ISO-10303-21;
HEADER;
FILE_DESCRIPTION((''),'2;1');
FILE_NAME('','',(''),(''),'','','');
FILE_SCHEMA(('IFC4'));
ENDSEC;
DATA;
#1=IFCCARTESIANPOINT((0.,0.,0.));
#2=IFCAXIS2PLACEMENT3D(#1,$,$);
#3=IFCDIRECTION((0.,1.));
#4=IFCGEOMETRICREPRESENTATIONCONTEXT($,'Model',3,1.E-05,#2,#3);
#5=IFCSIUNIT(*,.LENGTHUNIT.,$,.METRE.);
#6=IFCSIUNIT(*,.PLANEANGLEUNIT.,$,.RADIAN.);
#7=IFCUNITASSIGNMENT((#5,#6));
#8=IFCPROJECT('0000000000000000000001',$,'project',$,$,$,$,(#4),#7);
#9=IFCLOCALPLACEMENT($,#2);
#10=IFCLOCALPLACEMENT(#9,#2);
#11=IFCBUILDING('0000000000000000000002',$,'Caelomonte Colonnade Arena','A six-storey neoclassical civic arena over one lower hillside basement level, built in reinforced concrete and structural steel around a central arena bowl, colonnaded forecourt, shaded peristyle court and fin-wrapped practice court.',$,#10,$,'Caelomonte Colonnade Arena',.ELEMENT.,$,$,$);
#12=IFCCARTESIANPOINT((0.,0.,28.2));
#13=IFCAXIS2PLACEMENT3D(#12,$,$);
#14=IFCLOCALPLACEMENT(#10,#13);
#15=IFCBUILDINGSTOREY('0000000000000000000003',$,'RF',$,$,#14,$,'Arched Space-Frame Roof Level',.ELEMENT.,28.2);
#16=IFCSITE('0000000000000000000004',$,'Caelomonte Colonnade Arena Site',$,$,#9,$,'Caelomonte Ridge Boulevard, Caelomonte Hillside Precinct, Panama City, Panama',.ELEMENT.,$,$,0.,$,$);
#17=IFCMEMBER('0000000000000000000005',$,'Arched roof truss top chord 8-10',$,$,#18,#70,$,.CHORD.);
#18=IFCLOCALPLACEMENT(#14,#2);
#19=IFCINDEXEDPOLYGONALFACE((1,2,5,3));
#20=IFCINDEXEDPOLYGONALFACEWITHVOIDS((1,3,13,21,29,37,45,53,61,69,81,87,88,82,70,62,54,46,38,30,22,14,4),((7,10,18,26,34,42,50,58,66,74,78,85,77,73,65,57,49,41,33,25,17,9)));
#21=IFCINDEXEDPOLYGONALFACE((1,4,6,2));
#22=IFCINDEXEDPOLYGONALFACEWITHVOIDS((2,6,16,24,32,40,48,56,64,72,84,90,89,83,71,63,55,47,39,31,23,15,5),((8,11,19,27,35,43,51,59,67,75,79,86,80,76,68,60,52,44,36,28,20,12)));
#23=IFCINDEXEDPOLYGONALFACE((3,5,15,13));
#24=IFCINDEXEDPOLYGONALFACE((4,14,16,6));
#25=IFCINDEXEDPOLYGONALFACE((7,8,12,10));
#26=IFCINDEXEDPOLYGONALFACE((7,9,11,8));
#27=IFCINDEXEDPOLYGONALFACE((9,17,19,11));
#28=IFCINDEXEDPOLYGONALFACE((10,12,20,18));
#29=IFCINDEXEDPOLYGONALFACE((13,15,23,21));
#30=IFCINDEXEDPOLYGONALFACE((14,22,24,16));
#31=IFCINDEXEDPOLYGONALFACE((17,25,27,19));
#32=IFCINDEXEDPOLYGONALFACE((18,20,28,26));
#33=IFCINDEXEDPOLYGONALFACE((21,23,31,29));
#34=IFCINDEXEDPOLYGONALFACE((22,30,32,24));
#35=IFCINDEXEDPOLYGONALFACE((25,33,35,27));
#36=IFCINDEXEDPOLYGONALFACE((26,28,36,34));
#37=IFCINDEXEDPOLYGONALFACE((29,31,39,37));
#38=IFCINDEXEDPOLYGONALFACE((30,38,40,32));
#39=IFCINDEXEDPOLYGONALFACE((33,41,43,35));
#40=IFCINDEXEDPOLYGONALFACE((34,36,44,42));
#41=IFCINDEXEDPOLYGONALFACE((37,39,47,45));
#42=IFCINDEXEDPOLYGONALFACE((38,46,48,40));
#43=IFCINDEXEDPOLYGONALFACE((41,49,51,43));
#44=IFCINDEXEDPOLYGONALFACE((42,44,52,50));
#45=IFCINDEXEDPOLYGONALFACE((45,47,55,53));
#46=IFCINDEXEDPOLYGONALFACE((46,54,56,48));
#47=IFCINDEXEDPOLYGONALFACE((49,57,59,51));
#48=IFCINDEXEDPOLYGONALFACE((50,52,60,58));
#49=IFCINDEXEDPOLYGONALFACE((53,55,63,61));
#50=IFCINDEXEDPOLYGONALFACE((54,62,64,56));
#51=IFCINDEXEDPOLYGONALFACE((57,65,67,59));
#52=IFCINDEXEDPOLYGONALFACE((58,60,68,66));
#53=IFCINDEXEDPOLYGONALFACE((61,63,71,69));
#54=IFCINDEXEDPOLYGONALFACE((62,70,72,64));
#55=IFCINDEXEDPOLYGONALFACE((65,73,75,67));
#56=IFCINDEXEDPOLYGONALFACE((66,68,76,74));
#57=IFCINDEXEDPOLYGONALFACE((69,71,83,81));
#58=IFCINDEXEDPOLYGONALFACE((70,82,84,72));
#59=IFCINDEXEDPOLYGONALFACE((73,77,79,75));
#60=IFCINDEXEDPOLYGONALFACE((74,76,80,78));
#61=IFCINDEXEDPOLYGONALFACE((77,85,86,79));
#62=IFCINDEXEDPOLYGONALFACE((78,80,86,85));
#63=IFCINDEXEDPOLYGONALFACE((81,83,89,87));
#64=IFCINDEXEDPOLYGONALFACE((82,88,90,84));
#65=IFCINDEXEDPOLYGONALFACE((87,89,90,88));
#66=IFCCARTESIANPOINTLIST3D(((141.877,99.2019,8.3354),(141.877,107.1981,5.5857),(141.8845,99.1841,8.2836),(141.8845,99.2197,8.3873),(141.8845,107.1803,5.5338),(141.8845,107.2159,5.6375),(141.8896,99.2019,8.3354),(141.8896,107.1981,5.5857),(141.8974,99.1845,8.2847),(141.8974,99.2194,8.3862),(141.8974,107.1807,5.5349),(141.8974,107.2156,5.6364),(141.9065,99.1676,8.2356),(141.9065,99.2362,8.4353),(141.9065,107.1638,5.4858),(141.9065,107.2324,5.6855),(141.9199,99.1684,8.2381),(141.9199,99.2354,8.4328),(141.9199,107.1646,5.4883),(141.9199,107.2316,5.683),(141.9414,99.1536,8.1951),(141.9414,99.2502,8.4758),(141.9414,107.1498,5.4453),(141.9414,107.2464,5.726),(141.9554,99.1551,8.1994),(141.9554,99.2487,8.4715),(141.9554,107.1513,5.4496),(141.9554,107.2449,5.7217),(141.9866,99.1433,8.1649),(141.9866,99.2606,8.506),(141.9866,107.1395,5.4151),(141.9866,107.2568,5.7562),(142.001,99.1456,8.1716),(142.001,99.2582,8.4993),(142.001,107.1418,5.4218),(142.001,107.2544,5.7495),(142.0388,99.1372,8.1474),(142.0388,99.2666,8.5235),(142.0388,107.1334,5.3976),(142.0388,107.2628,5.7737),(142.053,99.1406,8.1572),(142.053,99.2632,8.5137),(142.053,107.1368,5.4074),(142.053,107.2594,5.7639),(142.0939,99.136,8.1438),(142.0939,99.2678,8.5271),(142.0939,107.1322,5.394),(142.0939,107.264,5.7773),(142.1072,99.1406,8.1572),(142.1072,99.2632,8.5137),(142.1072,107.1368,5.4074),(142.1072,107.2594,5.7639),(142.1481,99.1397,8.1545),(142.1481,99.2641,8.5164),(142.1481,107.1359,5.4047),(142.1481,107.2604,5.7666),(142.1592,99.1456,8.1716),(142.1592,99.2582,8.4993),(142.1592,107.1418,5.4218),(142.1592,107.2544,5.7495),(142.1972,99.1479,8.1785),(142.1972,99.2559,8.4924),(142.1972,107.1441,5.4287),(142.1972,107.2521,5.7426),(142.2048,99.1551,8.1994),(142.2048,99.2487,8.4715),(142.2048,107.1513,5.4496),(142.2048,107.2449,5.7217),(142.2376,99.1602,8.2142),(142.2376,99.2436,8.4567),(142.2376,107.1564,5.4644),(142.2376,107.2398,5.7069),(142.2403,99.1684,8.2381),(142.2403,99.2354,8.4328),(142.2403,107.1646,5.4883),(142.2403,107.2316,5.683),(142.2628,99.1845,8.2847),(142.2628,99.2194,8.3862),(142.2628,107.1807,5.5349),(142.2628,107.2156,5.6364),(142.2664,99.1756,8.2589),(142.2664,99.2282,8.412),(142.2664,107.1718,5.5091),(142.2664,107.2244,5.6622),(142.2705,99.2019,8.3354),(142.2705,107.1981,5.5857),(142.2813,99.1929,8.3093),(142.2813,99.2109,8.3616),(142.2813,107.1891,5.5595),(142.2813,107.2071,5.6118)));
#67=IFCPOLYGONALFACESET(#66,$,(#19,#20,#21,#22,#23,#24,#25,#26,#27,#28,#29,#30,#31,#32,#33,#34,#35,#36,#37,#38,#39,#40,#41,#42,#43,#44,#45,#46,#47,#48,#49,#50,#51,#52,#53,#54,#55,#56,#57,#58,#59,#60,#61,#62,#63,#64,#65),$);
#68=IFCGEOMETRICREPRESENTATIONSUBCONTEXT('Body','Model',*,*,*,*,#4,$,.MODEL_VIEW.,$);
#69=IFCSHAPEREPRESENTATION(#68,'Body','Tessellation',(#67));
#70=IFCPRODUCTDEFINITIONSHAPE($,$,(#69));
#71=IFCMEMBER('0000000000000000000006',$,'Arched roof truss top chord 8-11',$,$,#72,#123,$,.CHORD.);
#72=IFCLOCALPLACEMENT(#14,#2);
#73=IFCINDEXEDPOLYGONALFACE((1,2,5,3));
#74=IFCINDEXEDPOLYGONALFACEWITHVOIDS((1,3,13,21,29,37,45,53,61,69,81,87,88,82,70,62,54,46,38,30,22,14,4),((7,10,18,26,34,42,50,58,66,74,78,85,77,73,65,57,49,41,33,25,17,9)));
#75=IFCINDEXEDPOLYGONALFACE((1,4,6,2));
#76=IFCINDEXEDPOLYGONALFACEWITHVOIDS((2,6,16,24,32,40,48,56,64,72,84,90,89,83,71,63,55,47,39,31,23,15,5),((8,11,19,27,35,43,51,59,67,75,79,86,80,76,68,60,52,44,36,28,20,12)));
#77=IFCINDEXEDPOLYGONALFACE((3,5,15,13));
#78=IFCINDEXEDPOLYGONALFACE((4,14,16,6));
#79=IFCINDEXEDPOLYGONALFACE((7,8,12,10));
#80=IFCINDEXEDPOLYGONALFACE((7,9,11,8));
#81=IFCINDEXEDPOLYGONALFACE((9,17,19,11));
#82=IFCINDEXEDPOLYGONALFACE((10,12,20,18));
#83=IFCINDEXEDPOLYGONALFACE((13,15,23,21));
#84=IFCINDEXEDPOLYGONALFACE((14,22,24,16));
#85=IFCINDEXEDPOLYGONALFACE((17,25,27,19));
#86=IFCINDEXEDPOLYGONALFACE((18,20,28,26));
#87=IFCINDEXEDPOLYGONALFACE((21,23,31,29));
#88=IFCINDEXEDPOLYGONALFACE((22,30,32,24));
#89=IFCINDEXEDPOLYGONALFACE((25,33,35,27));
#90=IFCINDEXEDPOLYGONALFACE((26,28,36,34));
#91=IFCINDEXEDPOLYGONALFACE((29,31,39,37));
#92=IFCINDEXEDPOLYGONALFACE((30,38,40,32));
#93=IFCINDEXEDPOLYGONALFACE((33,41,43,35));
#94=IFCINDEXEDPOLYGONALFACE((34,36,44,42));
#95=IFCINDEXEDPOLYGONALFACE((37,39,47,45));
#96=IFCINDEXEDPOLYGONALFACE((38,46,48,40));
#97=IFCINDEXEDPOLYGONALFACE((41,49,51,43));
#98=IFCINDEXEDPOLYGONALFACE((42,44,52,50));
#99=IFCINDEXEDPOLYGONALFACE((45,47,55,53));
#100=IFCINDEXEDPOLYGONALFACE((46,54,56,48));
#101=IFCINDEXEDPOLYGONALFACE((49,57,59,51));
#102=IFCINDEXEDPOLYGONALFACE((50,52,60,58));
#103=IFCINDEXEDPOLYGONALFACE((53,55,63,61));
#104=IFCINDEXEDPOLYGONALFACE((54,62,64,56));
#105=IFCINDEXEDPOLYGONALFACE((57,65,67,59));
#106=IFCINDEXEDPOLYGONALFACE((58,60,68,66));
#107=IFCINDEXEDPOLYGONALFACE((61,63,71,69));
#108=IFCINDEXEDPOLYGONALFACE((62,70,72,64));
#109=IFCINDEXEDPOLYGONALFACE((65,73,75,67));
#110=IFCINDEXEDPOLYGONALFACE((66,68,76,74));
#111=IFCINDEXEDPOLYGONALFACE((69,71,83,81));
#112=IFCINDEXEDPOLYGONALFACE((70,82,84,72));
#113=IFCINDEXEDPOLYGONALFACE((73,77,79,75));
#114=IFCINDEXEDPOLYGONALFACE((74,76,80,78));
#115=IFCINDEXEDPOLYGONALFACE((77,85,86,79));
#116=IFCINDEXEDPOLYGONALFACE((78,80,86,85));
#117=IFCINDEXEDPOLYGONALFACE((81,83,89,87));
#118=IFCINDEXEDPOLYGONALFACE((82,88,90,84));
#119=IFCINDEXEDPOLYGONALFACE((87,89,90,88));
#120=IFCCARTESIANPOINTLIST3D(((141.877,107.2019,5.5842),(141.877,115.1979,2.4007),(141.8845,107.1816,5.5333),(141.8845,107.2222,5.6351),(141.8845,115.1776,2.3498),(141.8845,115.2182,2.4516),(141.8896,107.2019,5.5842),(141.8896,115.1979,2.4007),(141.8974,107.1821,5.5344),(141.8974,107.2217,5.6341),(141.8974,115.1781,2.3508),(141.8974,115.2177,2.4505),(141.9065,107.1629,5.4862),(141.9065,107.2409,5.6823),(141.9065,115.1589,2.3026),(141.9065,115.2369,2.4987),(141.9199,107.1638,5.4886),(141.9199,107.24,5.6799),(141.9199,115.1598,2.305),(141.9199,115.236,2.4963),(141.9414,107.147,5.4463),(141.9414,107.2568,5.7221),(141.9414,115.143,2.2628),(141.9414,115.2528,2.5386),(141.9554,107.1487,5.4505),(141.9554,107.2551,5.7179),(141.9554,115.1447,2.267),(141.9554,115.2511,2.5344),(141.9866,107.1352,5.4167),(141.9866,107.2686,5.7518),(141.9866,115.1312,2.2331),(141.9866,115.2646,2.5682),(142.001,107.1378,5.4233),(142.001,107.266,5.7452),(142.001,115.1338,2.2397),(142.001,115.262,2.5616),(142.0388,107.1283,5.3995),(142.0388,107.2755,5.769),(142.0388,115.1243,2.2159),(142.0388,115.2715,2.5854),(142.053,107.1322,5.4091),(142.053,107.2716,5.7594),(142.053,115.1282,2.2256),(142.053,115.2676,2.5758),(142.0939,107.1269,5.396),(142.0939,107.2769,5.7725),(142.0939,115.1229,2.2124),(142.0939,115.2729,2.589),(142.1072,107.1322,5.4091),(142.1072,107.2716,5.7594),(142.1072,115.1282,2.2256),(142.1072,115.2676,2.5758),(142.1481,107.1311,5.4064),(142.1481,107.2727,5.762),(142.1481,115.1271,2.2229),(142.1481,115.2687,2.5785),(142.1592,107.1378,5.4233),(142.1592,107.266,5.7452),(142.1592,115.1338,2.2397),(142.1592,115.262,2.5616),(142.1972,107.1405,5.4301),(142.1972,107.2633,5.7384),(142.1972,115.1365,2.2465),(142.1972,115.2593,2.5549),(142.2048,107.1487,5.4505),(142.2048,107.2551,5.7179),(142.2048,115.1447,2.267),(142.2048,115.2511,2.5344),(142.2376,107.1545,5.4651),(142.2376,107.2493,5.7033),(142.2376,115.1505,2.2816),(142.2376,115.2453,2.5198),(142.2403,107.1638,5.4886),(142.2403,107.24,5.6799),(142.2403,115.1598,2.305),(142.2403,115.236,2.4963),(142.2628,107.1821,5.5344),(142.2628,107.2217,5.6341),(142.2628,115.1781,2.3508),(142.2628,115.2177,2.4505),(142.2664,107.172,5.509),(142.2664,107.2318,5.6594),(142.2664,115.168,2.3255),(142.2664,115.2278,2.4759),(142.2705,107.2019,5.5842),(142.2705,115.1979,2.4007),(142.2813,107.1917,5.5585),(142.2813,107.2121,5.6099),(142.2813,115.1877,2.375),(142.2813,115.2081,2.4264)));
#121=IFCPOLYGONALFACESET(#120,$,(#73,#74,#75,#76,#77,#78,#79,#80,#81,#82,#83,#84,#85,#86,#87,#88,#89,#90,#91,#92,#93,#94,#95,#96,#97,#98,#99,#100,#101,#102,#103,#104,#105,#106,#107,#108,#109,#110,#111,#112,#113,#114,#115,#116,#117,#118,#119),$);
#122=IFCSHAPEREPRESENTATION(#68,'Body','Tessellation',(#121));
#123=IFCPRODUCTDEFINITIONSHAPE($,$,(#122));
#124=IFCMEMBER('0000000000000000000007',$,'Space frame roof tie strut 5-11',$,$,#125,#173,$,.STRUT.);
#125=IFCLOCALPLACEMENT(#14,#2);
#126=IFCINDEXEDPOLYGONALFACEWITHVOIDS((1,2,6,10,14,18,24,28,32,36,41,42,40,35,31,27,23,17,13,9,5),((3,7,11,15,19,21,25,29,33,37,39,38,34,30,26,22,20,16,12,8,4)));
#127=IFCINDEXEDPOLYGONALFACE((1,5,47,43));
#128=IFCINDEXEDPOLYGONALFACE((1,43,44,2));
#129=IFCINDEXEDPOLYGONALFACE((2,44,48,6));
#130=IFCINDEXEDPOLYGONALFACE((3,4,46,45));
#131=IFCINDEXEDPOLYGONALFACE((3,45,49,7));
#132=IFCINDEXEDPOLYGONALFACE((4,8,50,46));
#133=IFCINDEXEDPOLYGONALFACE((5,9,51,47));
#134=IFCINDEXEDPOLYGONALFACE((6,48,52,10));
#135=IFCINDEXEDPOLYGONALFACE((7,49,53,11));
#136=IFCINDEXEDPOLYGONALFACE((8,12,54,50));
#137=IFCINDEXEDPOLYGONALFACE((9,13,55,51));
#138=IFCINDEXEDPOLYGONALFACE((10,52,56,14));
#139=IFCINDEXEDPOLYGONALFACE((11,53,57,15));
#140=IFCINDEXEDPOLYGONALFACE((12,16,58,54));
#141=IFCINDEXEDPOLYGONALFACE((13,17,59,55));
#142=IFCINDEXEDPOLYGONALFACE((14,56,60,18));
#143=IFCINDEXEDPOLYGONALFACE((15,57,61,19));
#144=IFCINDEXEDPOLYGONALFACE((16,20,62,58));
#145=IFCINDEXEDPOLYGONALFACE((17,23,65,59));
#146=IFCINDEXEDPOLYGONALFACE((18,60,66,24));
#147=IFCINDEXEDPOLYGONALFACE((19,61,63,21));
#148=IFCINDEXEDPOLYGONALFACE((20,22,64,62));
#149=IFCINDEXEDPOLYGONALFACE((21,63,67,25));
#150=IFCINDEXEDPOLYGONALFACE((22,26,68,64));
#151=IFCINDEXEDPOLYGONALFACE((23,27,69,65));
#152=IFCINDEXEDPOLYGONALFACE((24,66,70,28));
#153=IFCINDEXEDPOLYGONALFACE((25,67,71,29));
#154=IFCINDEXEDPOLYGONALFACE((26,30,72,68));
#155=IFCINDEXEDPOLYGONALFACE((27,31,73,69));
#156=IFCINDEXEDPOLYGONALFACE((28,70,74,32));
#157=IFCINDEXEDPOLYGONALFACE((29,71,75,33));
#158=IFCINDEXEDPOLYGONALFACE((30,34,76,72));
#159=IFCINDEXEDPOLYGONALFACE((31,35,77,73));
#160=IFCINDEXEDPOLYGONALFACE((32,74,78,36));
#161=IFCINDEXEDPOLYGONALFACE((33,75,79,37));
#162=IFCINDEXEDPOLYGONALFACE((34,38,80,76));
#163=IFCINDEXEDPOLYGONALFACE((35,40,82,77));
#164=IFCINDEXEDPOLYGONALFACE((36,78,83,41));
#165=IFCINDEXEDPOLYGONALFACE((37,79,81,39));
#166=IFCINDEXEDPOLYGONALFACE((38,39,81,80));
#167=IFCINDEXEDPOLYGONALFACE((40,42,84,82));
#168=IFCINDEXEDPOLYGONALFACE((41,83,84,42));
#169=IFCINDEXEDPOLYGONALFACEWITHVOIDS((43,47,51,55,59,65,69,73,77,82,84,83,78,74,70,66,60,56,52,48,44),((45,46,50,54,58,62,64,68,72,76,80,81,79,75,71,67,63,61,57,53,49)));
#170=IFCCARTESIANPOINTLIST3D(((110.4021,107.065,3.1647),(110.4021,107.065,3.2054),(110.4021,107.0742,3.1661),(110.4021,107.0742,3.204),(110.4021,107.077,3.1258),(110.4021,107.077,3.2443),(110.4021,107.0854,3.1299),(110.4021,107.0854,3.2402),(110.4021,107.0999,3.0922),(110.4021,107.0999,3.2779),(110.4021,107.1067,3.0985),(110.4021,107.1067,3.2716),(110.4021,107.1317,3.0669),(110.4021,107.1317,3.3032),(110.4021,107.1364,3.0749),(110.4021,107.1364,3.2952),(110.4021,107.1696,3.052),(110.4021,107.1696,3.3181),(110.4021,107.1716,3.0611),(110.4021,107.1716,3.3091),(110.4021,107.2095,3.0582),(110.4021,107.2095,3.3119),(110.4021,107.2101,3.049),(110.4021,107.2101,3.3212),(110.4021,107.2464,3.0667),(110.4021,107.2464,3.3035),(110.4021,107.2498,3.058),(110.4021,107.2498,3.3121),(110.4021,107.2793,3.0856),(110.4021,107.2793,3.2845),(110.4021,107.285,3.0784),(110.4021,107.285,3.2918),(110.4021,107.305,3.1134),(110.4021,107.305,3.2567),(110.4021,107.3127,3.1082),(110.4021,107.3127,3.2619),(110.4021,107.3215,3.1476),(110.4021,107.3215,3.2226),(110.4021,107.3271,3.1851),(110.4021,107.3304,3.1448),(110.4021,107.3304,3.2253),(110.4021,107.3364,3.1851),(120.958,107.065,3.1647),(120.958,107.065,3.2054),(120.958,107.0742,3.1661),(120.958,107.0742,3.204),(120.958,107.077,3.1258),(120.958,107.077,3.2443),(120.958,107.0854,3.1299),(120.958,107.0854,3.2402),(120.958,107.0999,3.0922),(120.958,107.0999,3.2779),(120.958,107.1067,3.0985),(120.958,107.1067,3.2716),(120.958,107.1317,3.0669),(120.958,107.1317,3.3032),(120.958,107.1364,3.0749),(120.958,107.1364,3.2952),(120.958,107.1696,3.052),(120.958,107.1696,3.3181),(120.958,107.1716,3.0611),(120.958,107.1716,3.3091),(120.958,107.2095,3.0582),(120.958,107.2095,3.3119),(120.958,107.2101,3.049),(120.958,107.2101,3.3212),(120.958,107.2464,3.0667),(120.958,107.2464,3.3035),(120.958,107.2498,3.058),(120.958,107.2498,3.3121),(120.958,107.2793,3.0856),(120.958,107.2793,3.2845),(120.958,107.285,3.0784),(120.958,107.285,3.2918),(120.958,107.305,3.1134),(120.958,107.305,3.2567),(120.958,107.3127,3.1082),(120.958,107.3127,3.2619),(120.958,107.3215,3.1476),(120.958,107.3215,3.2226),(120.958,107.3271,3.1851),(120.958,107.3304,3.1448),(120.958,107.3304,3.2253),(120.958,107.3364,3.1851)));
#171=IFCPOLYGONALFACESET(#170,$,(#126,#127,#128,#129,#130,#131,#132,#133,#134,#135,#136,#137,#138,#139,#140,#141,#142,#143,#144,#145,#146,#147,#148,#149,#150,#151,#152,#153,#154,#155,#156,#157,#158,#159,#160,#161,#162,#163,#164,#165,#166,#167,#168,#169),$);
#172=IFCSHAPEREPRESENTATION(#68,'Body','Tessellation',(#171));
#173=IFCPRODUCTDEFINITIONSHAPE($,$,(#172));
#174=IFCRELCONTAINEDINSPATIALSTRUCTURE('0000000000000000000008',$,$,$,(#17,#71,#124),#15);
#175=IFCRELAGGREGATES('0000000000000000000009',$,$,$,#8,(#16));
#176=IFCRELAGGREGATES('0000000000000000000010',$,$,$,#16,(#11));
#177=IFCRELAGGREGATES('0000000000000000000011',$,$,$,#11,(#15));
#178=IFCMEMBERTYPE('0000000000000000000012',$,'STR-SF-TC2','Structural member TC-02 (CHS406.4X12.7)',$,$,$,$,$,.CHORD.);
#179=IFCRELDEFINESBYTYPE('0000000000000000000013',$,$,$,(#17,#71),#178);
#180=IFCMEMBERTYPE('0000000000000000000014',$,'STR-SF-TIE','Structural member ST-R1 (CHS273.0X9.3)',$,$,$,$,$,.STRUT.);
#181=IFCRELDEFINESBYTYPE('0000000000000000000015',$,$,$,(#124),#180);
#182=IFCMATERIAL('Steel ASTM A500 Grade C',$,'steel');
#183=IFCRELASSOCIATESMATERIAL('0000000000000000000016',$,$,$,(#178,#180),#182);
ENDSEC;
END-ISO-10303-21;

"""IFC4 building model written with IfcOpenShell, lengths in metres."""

from ifc_helpers import new_model, si_unit, direction, frame, origin, origin_2d, place, context, subcontext, project, spatial, hollow_circle, extrude, material, material_profile, profile_set, type_object, element, save


model = new_model("IFC4")

# Units and contexts
model_context = context("Model", 3, precision=1e-05, world=origin(), true_north=direction((0.0, 1.0)))
body_context = subcontext(model_context, "Body", "Model", "MODEL_VIEW")
ifc_project = project(units=[si_unit("LENGTHUNIT", "METRE"), si_unit("PLANEANGLEUNIT", "RADIAN")], contexts=[model_context])

# Site, building, storey
site_placement = place(None, origin())
site = spatial("IfcSite", under=ifc_project, at=site_placement, Name="Caelomonte Colonnade Arena Site", LongName="Caelomonte Ridge Boulevard, Caelomonte Hillside Precinct, Panama City, Panama", CompositionType="ELEMENT", RefElevation=0.0)
building_placement = place(site_placement, origin())
building = spatial("IfcBuilding", under=site, at=building_placement, Name="Caelomonte Colonnade Arena", Description="A six-storey neoclassical civic arena over one lower hillside basement level, built in reinforced concrete and structural steel around a central arena bowl, colonnaded forecourt, shaded peristyle court and fin-wrapped practice court.", LongName="Caelomonte Colonnade Arena", CompositionType="ELEMENT")
storey_placement = place(building_placement, frame((0.0, 0.0, 28.2)))
storey = spatial("IfcBuildingStorey", under=building, at=storey_placement, Name="RF", LongName="Arched Space-Frame Roof Level", CompositionType="ELEMENT", Elevation=28.2)

# Members
ifc_material_1 = material(Name="Steel ASTM A500 Grade C", Category="steel")
ifc_material_profile_1 = material_profile(ifc_material_1, hollow_circle(Radius=0.2031, WallThickness=0.0127, at=origin_2d()), Name="CHS406.4X12.7")
ifc_profile_set_1 = profile_set([ifc_material_profile_1], Name="Steel ASTM A500 Grade C")
member_type_1 = type_object("IfcMemberType", Name="STR-SF-TC2", Description="Structural member TC-02 (CHS406.4X12.7)", PredefinedType="CHORD", material=ifc_profile_set_1)
member_1_placement = place(storey_placement, frame((142.0801, 99.2019, 8.3354), z_axis=(0.0, 0.945647, -0.325196), x_axis=(-1.0, 0.0, 0.0)))
element("IfcMember", 1, at=member_1_placement, inside=storey, type_object=member_type_1, Name="Arched roof truss top chord 8-10", PredefinedType="CHORD", context=body_context, shape_type="SweptSolid", body=[
    extrude(hollow_circle(Radius=0.2031, WallThickness=0.0127, at=origin_2d()), origin(), (0.0, 0.0, 1.0), 8.4558),
])
member_2_placement = place(storey_placement, frame((142.0801, 107.2019, 5.5842), z_axis=(0.0, 0.92907, -0.369903), x_axis=(-1.0, 0.0, 0.0)))
element("IfcMember", 2, at=member_2_placement, inside=storey, type_object=member_type_1, Name="Arched roof truss top chord 8-11", PredefinedType="CHORD", context=body_context, shape_type="SweptSolid", body=[
    extrude(hollow_circle(Radius=0.2031, WallThickness=0.0127, at=origin_2d()), origin(), (0.0, 0.0, 1.0), 8.6064),
])
ifc_material_profile_2 = material_profile(ifc_material_1, hollow_circle(Radius=0.1365, WallThickness=0.0093, at=origin_2d()), Name="CHS273.0X9.3")
ifc_profile_set_2 = profile_set([ifc_material_profile_2], Name="Steel ASTM A500 Grade C")
member_type_2 = type_object("IfcMemberType", Name="STR-SF-TIE", Description="Structural member ST-R1 (CHS273.0X9.3)", PredefinedType="STRUT", material=ifc_profile_set_2)
member_3_placement = place(storey_placement, frame((110.4021, 107.2, 3.1851), z_axis=(1.0, 0.0, 0.0), x_axis=(0.0, 1.0, 0.0)))
element("IfcMember", 3, at=member_3_placement, inside=storey, type_object=member_type_2, Name="Space frame roof tie strut 5-11", PredefinedType="STRUT", context=body_context, shape_type="SweptSolid", body=[
    extrude(hollow_circle(Radius=0.1365, WallThickness=0.0093, at=origin_2d()), origin(), (0.0, 0.0, 1.0), 10.5559),
])

save(model, "model.ifc")
